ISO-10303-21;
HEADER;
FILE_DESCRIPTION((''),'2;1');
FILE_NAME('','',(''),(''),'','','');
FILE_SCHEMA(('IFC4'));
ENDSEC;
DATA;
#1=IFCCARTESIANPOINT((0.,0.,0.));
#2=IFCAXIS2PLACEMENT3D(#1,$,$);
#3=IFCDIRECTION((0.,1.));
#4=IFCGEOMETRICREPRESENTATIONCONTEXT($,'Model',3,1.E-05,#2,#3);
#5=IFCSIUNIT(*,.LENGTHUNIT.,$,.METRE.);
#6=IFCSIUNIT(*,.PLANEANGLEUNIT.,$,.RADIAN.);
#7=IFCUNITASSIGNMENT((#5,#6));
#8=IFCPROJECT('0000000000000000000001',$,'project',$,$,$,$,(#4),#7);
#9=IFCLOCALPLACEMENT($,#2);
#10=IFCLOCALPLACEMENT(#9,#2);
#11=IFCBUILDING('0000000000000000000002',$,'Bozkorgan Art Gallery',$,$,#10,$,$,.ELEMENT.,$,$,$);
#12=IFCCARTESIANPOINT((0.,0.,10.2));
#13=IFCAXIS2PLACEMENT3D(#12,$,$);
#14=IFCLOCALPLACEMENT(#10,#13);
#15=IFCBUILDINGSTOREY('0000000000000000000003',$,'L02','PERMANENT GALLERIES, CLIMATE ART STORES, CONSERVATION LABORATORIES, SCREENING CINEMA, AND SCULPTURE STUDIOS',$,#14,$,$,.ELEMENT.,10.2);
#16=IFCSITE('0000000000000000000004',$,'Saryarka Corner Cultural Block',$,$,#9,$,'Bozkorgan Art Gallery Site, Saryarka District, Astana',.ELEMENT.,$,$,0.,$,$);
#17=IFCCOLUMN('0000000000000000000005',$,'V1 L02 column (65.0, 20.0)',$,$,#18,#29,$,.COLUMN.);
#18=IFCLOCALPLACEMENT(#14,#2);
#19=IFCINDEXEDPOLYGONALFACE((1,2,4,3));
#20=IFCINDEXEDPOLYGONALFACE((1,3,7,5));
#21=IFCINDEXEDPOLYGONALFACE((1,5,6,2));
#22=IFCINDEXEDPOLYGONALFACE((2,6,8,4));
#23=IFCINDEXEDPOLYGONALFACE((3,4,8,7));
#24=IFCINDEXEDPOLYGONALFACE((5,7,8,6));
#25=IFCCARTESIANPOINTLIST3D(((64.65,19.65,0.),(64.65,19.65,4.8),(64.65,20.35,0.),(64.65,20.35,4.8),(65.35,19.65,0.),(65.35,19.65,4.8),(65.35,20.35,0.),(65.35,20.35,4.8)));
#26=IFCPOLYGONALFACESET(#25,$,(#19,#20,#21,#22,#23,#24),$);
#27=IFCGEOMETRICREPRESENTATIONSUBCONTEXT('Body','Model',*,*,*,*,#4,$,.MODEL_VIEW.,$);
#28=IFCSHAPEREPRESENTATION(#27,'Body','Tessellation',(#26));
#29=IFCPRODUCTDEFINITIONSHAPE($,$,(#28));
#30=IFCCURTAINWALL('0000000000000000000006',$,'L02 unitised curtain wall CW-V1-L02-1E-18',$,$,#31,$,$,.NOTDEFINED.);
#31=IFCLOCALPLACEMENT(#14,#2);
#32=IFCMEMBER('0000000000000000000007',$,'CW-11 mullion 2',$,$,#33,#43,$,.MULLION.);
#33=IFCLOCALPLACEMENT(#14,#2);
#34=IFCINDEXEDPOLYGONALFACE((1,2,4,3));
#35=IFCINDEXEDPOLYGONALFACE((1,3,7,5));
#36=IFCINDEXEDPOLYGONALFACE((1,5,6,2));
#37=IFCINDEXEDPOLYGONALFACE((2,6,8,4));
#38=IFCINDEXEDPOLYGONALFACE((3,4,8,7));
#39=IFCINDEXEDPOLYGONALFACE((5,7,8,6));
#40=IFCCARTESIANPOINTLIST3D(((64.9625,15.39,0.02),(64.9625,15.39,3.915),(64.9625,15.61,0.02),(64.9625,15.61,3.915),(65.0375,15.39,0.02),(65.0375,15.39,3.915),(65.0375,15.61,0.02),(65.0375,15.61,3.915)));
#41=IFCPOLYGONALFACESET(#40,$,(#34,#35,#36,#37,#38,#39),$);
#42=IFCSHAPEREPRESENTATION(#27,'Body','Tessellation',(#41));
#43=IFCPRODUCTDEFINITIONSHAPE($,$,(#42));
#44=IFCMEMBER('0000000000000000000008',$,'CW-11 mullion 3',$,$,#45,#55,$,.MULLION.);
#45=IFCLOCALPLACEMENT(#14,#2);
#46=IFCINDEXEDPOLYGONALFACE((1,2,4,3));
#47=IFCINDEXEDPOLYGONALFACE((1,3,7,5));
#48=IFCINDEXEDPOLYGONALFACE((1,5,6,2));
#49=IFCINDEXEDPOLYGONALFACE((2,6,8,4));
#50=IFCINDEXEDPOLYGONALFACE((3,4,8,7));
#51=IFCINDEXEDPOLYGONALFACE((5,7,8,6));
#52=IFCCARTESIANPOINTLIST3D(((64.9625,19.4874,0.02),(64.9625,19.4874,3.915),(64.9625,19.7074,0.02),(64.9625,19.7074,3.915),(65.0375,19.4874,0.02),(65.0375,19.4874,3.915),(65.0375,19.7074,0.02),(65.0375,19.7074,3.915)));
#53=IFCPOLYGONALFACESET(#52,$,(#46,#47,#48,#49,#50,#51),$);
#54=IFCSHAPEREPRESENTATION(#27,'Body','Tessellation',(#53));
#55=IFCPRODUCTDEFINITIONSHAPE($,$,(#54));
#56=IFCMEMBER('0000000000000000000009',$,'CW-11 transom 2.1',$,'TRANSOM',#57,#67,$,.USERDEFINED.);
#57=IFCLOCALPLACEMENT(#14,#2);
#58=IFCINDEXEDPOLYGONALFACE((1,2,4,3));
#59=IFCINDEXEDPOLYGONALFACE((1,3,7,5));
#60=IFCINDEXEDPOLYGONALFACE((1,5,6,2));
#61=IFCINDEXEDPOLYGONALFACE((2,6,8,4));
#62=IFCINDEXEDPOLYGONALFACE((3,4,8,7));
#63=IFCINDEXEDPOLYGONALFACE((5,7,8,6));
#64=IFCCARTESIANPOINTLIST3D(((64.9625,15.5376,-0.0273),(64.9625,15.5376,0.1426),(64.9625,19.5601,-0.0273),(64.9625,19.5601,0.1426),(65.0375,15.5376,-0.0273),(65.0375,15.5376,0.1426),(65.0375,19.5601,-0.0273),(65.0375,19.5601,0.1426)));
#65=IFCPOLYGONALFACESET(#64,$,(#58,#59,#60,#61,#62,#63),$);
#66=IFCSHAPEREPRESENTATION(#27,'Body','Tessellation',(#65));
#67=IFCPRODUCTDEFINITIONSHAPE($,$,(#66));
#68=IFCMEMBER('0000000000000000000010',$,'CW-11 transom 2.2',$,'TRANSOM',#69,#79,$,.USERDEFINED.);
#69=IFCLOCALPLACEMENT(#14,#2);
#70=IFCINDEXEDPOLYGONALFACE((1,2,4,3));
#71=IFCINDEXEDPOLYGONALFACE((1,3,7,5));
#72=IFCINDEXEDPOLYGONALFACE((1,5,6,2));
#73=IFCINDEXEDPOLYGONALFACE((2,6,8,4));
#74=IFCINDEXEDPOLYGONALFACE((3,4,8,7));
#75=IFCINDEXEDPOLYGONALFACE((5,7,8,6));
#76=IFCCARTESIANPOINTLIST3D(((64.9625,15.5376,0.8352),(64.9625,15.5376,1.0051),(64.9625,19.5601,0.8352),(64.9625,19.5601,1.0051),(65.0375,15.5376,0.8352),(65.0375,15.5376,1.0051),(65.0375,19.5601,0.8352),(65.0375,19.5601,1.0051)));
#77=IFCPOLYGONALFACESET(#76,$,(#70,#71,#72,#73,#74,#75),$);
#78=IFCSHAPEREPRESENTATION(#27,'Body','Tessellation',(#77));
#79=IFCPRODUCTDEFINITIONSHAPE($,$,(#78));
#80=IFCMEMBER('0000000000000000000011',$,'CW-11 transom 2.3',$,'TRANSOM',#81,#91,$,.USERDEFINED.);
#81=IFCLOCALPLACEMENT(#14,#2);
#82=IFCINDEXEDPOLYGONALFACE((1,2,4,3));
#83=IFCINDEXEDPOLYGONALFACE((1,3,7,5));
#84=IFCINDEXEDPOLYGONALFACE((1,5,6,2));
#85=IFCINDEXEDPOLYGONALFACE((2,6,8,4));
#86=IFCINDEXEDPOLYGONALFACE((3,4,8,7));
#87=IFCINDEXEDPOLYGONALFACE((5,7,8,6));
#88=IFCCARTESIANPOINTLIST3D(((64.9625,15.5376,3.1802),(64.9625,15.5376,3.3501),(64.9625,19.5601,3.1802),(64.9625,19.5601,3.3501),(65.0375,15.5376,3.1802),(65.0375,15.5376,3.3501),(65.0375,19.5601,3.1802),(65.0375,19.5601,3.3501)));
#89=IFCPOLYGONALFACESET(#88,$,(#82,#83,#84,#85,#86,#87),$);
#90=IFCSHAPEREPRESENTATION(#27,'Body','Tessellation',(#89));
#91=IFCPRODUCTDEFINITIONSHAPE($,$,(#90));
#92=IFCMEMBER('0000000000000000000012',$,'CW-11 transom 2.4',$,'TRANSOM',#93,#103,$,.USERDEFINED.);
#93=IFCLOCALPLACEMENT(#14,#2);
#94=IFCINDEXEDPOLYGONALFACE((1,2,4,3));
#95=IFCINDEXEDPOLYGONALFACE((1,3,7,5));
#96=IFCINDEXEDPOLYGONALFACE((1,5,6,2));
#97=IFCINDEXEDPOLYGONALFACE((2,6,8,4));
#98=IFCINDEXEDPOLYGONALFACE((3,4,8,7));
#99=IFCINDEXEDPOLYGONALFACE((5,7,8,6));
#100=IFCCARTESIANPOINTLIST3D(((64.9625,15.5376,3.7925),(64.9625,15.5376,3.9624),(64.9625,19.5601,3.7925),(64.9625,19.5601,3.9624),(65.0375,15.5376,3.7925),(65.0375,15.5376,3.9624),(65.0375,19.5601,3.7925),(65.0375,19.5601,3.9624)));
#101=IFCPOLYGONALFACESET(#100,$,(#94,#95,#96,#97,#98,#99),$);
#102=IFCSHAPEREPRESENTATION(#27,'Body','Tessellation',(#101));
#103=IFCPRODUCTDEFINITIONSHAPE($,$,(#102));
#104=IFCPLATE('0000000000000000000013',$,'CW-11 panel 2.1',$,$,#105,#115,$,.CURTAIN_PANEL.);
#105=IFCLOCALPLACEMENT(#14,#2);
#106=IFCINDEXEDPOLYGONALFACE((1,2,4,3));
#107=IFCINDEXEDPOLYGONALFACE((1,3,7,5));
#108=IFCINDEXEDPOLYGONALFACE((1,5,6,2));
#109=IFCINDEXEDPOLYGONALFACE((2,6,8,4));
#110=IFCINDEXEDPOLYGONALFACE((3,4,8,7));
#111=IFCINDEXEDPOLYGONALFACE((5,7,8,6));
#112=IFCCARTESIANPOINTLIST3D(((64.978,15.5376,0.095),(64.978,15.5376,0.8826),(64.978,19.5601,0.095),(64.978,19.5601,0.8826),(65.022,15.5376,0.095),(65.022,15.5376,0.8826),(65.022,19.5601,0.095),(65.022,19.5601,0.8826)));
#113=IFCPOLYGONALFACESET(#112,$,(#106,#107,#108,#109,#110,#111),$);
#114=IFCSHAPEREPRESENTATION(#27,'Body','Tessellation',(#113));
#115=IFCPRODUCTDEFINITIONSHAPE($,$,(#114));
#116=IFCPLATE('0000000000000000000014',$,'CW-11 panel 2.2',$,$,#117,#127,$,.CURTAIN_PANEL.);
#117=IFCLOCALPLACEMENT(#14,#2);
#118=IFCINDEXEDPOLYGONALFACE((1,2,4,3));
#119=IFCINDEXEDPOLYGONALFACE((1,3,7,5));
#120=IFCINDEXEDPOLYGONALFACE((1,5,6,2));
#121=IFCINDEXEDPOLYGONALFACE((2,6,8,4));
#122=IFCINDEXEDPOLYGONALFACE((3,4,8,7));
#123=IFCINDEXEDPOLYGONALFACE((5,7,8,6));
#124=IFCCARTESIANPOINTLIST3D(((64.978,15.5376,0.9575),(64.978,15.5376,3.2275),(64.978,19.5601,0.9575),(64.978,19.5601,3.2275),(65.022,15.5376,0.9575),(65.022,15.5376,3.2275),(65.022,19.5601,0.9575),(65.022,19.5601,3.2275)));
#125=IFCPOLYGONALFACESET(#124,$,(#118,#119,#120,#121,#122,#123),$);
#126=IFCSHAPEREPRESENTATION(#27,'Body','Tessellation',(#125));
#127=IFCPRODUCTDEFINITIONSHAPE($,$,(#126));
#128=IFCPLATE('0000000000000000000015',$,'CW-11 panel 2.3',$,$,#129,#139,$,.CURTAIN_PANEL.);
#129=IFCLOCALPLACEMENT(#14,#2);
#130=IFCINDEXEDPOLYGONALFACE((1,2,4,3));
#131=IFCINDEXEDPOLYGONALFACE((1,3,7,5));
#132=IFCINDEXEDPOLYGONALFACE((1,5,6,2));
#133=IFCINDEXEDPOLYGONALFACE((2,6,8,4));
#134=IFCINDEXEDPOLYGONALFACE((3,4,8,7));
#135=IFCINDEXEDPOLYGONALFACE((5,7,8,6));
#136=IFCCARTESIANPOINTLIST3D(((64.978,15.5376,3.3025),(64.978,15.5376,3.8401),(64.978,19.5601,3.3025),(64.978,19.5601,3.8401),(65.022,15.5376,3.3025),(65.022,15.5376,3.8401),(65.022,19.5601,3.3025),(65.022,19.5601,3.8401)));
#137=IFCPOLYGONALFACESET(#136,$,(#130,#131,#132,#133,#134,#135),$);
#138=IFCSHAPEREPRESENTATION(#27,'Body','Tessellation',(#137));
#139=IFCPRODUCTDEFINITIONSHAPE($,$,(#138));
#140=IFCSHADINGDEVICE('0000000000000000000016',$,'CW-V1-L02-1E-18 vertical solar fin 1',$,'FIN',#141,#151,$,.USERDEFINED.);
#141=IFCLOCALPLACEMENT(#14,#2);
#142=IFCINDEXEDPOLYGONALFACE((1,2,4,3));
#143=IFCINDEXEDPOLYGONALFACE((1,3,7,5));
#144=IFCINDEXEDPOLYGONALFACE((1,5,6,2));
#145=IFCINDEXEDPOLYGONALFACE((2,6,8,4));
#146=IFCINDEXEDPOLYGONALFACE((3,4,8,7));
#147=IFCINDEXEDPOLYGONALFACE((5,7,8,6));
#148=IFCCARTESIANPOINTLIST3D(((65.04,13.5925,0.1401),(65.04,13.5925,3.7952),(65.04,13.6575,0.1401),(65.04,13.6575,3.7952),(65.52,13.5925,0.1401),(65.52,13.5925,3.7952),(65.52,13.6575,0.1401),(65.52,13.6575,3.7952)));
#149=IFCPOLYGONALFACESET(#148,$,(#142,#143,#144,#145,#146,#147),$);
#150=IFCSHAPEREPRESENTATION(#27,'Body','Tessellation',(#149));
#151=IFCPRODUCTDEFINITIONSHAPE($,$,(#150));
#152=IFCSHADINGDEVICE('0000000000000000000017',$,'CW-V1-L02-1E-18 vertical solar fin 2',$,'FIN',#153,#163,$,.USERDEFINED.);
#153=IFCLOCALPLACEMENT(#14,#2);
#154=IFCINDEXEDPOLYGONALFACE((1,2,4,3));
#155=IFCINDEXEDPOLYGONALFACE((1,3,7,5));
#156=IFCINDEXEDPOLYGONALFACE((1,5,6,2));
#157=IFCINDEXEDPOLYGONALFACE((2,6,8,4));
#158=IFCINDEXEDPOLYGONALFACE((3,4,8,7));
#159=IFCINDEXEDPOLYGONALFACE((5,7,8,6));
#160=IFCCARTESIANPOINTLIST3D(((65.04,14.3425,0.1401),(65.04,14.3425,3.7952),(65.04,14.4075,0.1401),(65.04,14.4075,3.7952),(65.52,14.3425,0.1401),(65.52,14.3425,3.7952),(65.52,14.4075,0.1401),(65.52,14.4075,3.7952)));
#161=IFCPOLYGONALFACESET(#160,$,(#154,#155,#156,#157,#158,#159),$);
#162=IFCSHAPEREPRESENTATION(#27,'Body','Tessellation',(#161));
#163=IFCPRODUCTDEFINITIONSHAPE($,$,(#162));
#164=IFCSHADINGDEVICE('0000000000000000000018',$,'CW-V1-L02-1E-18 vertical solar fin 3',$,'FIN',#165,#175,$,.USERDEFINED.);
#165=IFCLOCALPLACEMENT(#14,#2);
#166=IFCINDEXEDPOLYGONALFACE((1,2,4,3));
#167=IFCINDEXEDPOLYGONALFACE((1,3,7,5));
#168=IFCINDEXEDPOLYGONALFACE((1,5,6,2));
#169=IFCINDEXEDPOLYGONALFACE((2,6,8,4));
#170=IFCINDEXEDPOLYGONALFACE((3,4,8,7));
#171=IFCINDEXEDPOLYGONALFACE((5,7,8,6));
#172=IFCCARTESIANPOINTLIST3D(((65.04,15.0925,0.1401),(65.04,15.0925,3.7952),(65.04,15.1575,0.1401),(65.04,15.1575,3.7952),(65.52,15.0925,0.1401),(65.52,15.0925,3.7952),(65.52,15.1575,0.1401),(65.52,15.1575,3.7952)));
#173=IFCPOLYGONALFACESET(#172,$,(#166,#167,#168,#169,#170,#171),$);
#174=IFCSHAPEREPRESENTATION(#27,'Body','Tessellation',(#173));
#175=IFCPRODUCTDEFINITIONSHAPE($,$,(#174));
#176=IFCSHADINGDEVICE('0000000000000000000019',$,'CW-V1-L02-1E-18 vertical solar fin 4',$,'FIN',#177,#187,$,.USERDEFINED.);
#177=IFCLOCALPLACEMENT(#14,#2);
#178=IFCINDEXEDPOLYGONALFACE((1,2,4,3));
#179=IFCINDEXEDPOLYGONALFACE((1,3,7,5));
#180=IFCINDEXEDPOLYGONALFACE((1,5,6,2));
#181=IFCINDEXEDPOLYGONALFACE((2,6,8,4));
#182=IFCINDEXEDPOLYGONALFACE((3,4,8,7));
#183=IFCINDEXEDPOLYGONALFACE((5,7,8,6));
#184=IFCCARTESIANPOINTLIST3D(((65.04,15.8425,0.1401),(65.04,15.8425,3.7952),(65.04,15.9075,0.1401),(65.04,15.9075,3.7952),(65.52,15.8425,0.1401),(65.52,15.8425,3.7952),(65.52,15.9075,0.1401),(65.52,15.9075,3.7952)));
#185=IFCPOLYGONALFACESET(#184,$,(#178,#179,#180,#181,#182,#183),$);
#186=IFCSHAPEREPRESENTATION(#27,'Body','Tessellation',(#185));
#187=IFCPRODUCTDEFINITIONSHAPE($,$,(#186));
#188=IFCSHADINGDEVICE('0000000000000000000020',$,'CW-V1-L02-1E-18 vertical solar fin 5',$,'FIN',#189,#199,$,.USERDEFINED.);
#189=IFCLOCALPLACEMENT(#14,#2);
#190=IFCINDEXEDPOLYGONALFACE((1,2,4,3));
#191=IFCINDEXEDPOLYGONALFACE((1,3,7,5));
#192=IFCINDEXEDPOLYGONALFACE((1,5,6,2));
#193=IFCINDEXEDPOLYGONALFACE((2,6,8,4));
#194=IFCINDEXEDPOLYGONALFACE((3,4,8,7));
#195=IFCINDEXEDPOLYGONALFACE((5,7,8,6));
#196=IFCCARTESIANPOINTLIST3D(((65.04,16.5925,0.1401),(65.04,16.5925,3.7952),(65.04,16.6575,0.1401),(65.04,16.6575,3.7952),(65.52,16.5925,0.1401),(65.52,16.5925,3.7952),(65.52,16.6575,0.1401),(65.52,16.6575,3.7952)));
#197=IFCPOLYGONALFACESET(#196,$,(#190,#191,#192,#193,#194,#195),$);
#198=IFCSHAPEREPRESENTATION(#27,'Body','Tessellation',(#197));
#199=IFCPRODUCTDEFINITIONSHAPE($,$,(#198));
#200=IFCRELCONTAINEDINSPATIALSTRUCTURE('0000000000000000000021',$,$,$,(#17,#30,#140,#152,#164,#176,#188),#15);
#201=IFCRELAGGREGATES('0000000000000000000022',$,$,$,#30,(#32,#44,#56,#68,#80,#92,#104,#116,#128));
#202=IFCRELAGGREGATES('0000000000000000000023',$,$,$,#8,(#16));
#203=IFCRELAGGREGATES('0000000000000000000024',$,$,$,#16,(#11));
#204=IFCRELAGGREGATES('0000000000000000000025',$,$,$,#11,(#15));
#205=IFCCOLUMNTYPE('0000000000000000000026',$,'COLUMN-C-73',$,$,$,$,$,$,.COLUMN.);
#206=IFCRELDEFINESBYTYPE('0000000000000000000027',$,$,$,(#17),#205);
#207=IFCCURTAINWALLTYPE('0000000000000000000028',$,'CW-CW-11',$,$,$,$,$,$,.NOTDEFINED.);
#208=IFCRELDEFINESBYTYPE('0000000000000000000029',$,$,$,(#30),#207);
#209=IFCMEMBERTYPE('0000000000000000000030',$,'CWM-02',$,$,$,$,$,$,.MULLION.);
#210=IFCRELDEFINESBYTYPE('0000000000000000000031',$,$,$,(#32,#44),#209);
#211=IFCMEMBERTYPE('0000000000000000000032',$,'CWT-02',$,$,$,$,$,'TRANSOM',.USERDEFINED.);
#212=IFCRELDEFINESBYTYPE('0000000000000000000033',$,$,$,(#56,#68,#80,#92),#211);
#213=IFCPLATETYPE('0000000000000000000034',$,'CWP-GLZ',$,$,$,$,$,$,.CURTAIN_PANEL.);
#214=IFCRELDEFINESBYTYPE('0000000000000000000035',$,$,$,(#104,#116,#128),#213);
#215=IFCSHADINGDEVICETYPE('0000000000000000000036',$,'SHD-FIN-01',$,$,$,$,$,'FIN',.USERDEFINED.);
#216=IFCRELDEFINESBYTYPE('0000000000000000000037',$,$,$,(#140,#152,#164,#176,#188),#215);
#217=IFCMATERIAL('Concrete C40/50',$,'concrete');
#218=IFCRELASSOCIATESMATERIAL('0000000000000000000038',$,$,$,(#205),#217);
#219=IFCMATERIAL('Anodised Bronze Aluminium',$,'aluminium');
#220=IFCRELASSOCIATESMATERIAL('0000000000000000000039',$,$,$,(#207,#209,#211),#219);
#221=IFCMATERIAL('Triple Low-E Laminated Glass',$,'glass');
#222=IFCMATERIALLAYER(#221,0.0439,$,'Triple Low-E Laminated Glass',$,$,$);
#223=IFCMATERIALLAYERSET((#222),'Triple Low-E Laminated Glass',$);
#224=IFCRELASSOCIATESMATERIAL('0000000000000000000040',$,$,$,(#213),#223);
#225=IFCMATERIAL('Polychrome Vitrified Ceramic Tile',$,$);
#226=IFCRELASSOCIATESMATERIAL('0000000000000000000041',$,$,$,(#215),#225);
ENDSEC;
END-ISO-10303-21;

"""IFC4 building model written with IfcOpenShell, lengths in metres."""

from ifc_helpers import new_model, si_unit, direction, frame, origin, origin_2d, place, context, subcontext, project, spatial, rectangle, extrude, material, layer, layer_set, material_profile, profile_set, type_object, element, aggregate, save


model = new_model("IFC4")

# Units and contexts
model_context = context("Model", 3, precision=1e-05, world=origin(), true_north=direction((0.0, 1.0)))
body_context = subcontext(model_context, "Body", "Model", "MODEL_VIEW")
ifc_project = project(units=[si_unit("LENGTHUNIT", "METRE"), si_unit("PLANEANGLEUNIT", "RADIAN")], contexts=[model_context])

# Site, building, storey
site_placement = place(None, origin())
site = spatial("IfcSite", under=ifc_project, at=site_placement, Name="Saryarka Corner Cultural Block", LongName="Bozkorgan Art Gallery Site, Saryarka District, Astana", CompositionType="ELEMENT", RefElevation=0.0)
building_placement = place(site_placement, origin())
building = spatial("IfcBuilding", under=site, at=building_placement, Name="Bozkorgan Art Gallery", CompositionType="ELEMENT")
storey_placement = place(building_placement, frame((0.0, 0.0, 10.2)))
storey = spatial("IfcBuildingStorey", under=building, at=storey_placement, Name="L02", Description="PERMANENT GALLERIES, CLIMATE ART STORES, CONSERVATION LABORATORIES, SCREENING CINEMA, AND SCULPTURE STUDIOS", CompositionType="ELEMENT", Elevation=10.2)

# Column
ifc_material_1 = material(Name="Concrete C40/50", Category="concrete")
ifc_material_profile_1 = material_profile(ifc_material_1, rectangle(XDim=0.7, YDim=0.7, at=origin_2d()), Name="RC 700x700")
ifc_profile_set_1 = profile_set([ifc_material_profile_1], Name="Concrete C40/50")
column_type = type_object("IfcColumnType", Name="COLUMN-C-73", PredefinedType="COLUMN", material=ifc_profile_set_1)
column_placement = place(storey_placement, frame((65.0, 20.0, 0.0), z_axis=(0.0, 0.0, 1.0), x_axis=(1.0, 0.0, 0.0)))
element("IfcColumn", 1, at=column_placement, inside=storey, type_object=column_type, Name="V1 L02 column (65.0, 20.0)", PredefinedType="COLUMN", context=body_context, shape_type="SweptSolid", body=[
    extrude(rectangle(XDim=0.7, YDim=0.7, at=origin_2d()), origin(), (0.0, 0.0, 1.0), 4.8),
])

# Curtain wall, members, plates
ifc_material_2 = material(Name="Anodised Bronze Aluminium", Category="aluminium")
curtain_wall_type = type_object("IfcCurtainWallType", Name="CW-CW-11", PredefinedType="NOTDEFINED", material=ifc_material_2)
curtain_wall_placement = place(storey_placement, origin())
curtain_wall = element("IfcCurtainWall", 2, at=curtain_wall_placement, inside=storey, type_object=curtain_wall_type, Name="L02 unitised curtain wall CW-V1-L02-1E-18", PredefinedType="NOTDEFINED")
ifc_material_profile_2 = material_profile(ifc_material_2, rectangle(XDim=0.075, YDim=0.22, at=origin_2d()), Name="ALU MULLION 75x220")
ifc_profile_set_2 = profile_set([ifc_material_profile_2], Name="Anodised Bronze Aluminium")
member_type_1 = type_object("IfcMemberType", Name="CWM-02", PredefinedType="MULLION", material=ifc_profile_set_2)
member_1_placement = place(storey_placement, frame((65.0, 15.5, 0.02), z_axis=(0.0, 0.0, 1.0), x_axis=(-1.0, 0.0, 0.0)))
member_1 = element("IfcMember", 3, at=member_1_placement, type_object=member_type_1, Name="CW-11 mullion 2", PredefinedType="MULLION", context=body_context, shape_type="SweptSolid", body=[
    extrude(rectangle(XDim=0.075, YDim=0.22, at=origin_2d()), origin(), (0.0, 0.0, 1.0), 3.895),
])
member_2_placement = place(storey_placement, frame((65.0, 19.5974, 0.02), z_axis=(0.0, 0.0, 1.0), x_axis=(-1.0, 0.0, 0.0)))
member_2 = element("IfcMember", 4, at=member_2_placement, type_object=member_type_1, Name="CW-11 mullion 3", PredefinedType="MULLION", context=body_context, shape_type="SweptSolid", body=[
    extrude(rectangle(XDim=0.075, YDim=0.22, at=origin_2d()), origin(), (0.0, 0.0, 1.0), 3.895),
])
ifc_material_profile_3 = material_profile(ifc_material_2, rectangle(XDim=0.075, YDim=0.1699, at=origin_2d()), Name="ALU TRANSOM 75x170")
ifc_profile_set_3 = profile_set([ifc_material_profile_3], Name="Anodised Bronze Aluminium")
member_type_2 = type_object("IfcMemberType", Name="CWT-02", ElementType="TRANSOM", PredefinedType="USERDEFINED", material=ifc_profile_set_3)
member_3_placement = place(storey_placement, frame((65.0, 15.5376, 0.0576), z_axis=(0.0, 1.0, 0.0), x_axis=(-1.0, 0.0, 0.0)))
member_3 = element("IfcMember", 5, at=member_3_placement, type_object=member_type_2, Name="CW-11 transom 2.1", ObjectType="TRANSOM", PredefinedType="USERDEFINED", context=body_context, shape_type="SweptSolid", body=[
    extrude(rectangle(XDim=0.075, YDim=0.1699, at=origin_2d()), origin(), (0.0, 0.0, 1.0), 4.0225),
])
member_4_placement = place(storey_placement, frame((65.0, 15.5376, 0.9202), z_axis=(0.0, 1.0, 0.0), x_axis=(-1.0, 0.0, 0.0)))
member_4 = element("IfcMember", 6, at=member_4_placement, type_object=member_type_2, Name="CW-11 transom 2.2", ObjectType="TRANSOM", PredefinedType="USERDEFINED", context=body_context, shape_type="SweptSolid", body=[
    extrude(rectangle(XDim=0.075, YDim=0.1699, at=origin_2d()), origin(), (0.0, 0.0, 1.0), 4.0225),
])
member_5_placement = place(storey_placement, frame((65.0, 15.5376, 3.2651), z_axis=(0.0, 1.0, 0.0), x_axis=(-1.0, 0.0, 0.0)))
member_5 = element("IfcMember", 7, at=member_5_placement, type_object=member_type_2, Name="CW-11 transom 2.3", ObjectType="TRANSOM", PredefinedType="USERDEFINED", context=body_context, shape_type="SweptSolid", body=[
    extrude(rectangle(XDim=0.075, YDim=0.1699, at=origin_2d()), origin(), (0.0, 0.0, 1.0), 4.0225),
])
member_6_placement = place(storey_placement, frame((65.0, 15.5376, 3.8774), z_axis=(0.0, 1.0, 0.0), x_axis=(-1.0, 0.0, 0.0)))
member_6 = element("IfcMember", 8, at=member_6_placement, type_object=member_type_2, Name="CW-11 transom 2.4", ObjectType="TRANSOM", PredefinedType="USERDEFINED", context=body_context, shape_type="SweptSolid", body=[
    extrude(rectangle(XDim=0.075, YDim=0.1699, at=origin_2d()), origin(), (0.0, 0.0, 1.0), 4.0225),
])
ifc_material_3 = material(Name="Triple Low-E Laminated Glass", Category="glass")
ifc_layer = layer(ifc_material_3, 0.0439, Name="Triple Low-E Laminated Glass")
ifc_layer_set = layer_set([ifc_layer], Name="Triple Low-E Laminated Glass")
plate_type = type_object("IfcPlateType", Name="CWP-GLZ", PredefinedType="CURTAIN_PANEL", material=ifc_layer_set)
plate_1_placement = place(storey_placement, frame((65.0, 17.5488, 0.095), z_axis=(0.0, 0.0, 1.0), x_axis=(0.0, 1.0, 0.0)))
plate_1 = element("IfcPlate", 9, at=plate_1_placement, type_object=plate_type, Name="CW-11 panel 2.1", PredefinedType="CURTAIN_PANEL", context=body_context, shape_type="SweptSolid", body=[
    extrude(rectangle(XDim=4.0225, YDim=0.0439, at=origin_2d()), origin(), (0.0, 0.0, 1.0), 0.7876),
])
plate_2_placement = place(storey_placement, frame((65.0, 17.5488, 0.9575), z_axis=(0.0, 0.0, 1.0), x_axis=(0.0, 1.0, 0.0)))
plate_2 = element("IfcPlate", 10, at=plate_2_placement, type_object=plate_type, Name="CW-11 panel 2.2", PredefinedType="CURTAIN_PANEL", context=body_context, shape_type="SweptSolid", body=[
    extrude(rectangle(XDim=4.0225, YDim=0.0439, at=origin_2d()), origin(), (0.0, 0.0, 1.0), 2.27),
])
plate_3_placement = place(storey_placement, frame((65.0, 17.5488, 3.3025), z_axis=(0.0, 0.0, 1.0), x_axis=(0.0, 1.0, 0.0)))
plate_3 = element("IfcPlate", 11, at=plate_3_placement, type_object=plate_type, Name="CW-11 panel 2.3", PredefinedType="CURTAIN_PANEL", context=body_context, shape_type="SweptSolid", body=[
    extrude(rectangle(XDim=4.0225, YDim=0.0439, at=origin_2d()), origin(), (0.0, 0.0, 1.0), 0.5376),
])
aggregate(curtain_wall, [member_1, member_2, member_3, member_4, member_5, member_6, plate_1, plate_2, plate_3])

# Shading devices
ifc_material_4 = material(Name="Polychrome Vitrified Ceramic Tile")
shading_device_type = type_object("IfcShadingDeviceType", Name="SHD-FIN-01", ElementType="FIN", PredefinedType="USERDEFINED", material=ifc_material_4)
for number, where, z_axis, x_axis, name in (
    (12, (65.28, 13.625, 0.1401), (0.0, 0.0, 1.0), (1.0, 0.0, 0.0), "CW-V1-L02-1E-18 vertical solar fin 1"),
    (13, (65.28, 14.375, 0.1401), (0.0, 0.0, 1.0), (1.0, 0.0, 0.0), "CW-V1-L02-1E-18 vertical solar fin 2"),
    (14, (65.28, 15.125, 0.1401), (0.0, 0.0, 1.0), (1.0, 0.0, 0.0), "CW-V1-L02-1E-18 vertical solar fin 3"),
    (15, (65.28, 15.875, 0.1401), (0.0, 0.0, 1.0), (1.0, 0.0, 0.0), "CW-V1-L02-1E-18 vertical solar fin 4"),
    (16, (65.28, 16.625, 0.1401), (0.0, 0.0, 1.0), (1.0, 0.0, 0.0), "CW-V1-L02-1E-18 vertical solar fin 5"),
):
    element("IfcShadingDevice", number, at=place(storey_placement, frame(where, z_axis=z_axis, x_axis=x_axis)), inside=storey, type_object=shading_device_type, Name=name, ObjectType="FIN", PredefinedType="USERDEFINED", context=body_context, shape_type="SweptSolid", body=[
        extrude(rectangle(XDim=0.48, YDim=0.0649, at=origin_2d()), origin(), (0.0, 0.0, 1.0), 3.655),
    ])

save(model, "model.ifc")
